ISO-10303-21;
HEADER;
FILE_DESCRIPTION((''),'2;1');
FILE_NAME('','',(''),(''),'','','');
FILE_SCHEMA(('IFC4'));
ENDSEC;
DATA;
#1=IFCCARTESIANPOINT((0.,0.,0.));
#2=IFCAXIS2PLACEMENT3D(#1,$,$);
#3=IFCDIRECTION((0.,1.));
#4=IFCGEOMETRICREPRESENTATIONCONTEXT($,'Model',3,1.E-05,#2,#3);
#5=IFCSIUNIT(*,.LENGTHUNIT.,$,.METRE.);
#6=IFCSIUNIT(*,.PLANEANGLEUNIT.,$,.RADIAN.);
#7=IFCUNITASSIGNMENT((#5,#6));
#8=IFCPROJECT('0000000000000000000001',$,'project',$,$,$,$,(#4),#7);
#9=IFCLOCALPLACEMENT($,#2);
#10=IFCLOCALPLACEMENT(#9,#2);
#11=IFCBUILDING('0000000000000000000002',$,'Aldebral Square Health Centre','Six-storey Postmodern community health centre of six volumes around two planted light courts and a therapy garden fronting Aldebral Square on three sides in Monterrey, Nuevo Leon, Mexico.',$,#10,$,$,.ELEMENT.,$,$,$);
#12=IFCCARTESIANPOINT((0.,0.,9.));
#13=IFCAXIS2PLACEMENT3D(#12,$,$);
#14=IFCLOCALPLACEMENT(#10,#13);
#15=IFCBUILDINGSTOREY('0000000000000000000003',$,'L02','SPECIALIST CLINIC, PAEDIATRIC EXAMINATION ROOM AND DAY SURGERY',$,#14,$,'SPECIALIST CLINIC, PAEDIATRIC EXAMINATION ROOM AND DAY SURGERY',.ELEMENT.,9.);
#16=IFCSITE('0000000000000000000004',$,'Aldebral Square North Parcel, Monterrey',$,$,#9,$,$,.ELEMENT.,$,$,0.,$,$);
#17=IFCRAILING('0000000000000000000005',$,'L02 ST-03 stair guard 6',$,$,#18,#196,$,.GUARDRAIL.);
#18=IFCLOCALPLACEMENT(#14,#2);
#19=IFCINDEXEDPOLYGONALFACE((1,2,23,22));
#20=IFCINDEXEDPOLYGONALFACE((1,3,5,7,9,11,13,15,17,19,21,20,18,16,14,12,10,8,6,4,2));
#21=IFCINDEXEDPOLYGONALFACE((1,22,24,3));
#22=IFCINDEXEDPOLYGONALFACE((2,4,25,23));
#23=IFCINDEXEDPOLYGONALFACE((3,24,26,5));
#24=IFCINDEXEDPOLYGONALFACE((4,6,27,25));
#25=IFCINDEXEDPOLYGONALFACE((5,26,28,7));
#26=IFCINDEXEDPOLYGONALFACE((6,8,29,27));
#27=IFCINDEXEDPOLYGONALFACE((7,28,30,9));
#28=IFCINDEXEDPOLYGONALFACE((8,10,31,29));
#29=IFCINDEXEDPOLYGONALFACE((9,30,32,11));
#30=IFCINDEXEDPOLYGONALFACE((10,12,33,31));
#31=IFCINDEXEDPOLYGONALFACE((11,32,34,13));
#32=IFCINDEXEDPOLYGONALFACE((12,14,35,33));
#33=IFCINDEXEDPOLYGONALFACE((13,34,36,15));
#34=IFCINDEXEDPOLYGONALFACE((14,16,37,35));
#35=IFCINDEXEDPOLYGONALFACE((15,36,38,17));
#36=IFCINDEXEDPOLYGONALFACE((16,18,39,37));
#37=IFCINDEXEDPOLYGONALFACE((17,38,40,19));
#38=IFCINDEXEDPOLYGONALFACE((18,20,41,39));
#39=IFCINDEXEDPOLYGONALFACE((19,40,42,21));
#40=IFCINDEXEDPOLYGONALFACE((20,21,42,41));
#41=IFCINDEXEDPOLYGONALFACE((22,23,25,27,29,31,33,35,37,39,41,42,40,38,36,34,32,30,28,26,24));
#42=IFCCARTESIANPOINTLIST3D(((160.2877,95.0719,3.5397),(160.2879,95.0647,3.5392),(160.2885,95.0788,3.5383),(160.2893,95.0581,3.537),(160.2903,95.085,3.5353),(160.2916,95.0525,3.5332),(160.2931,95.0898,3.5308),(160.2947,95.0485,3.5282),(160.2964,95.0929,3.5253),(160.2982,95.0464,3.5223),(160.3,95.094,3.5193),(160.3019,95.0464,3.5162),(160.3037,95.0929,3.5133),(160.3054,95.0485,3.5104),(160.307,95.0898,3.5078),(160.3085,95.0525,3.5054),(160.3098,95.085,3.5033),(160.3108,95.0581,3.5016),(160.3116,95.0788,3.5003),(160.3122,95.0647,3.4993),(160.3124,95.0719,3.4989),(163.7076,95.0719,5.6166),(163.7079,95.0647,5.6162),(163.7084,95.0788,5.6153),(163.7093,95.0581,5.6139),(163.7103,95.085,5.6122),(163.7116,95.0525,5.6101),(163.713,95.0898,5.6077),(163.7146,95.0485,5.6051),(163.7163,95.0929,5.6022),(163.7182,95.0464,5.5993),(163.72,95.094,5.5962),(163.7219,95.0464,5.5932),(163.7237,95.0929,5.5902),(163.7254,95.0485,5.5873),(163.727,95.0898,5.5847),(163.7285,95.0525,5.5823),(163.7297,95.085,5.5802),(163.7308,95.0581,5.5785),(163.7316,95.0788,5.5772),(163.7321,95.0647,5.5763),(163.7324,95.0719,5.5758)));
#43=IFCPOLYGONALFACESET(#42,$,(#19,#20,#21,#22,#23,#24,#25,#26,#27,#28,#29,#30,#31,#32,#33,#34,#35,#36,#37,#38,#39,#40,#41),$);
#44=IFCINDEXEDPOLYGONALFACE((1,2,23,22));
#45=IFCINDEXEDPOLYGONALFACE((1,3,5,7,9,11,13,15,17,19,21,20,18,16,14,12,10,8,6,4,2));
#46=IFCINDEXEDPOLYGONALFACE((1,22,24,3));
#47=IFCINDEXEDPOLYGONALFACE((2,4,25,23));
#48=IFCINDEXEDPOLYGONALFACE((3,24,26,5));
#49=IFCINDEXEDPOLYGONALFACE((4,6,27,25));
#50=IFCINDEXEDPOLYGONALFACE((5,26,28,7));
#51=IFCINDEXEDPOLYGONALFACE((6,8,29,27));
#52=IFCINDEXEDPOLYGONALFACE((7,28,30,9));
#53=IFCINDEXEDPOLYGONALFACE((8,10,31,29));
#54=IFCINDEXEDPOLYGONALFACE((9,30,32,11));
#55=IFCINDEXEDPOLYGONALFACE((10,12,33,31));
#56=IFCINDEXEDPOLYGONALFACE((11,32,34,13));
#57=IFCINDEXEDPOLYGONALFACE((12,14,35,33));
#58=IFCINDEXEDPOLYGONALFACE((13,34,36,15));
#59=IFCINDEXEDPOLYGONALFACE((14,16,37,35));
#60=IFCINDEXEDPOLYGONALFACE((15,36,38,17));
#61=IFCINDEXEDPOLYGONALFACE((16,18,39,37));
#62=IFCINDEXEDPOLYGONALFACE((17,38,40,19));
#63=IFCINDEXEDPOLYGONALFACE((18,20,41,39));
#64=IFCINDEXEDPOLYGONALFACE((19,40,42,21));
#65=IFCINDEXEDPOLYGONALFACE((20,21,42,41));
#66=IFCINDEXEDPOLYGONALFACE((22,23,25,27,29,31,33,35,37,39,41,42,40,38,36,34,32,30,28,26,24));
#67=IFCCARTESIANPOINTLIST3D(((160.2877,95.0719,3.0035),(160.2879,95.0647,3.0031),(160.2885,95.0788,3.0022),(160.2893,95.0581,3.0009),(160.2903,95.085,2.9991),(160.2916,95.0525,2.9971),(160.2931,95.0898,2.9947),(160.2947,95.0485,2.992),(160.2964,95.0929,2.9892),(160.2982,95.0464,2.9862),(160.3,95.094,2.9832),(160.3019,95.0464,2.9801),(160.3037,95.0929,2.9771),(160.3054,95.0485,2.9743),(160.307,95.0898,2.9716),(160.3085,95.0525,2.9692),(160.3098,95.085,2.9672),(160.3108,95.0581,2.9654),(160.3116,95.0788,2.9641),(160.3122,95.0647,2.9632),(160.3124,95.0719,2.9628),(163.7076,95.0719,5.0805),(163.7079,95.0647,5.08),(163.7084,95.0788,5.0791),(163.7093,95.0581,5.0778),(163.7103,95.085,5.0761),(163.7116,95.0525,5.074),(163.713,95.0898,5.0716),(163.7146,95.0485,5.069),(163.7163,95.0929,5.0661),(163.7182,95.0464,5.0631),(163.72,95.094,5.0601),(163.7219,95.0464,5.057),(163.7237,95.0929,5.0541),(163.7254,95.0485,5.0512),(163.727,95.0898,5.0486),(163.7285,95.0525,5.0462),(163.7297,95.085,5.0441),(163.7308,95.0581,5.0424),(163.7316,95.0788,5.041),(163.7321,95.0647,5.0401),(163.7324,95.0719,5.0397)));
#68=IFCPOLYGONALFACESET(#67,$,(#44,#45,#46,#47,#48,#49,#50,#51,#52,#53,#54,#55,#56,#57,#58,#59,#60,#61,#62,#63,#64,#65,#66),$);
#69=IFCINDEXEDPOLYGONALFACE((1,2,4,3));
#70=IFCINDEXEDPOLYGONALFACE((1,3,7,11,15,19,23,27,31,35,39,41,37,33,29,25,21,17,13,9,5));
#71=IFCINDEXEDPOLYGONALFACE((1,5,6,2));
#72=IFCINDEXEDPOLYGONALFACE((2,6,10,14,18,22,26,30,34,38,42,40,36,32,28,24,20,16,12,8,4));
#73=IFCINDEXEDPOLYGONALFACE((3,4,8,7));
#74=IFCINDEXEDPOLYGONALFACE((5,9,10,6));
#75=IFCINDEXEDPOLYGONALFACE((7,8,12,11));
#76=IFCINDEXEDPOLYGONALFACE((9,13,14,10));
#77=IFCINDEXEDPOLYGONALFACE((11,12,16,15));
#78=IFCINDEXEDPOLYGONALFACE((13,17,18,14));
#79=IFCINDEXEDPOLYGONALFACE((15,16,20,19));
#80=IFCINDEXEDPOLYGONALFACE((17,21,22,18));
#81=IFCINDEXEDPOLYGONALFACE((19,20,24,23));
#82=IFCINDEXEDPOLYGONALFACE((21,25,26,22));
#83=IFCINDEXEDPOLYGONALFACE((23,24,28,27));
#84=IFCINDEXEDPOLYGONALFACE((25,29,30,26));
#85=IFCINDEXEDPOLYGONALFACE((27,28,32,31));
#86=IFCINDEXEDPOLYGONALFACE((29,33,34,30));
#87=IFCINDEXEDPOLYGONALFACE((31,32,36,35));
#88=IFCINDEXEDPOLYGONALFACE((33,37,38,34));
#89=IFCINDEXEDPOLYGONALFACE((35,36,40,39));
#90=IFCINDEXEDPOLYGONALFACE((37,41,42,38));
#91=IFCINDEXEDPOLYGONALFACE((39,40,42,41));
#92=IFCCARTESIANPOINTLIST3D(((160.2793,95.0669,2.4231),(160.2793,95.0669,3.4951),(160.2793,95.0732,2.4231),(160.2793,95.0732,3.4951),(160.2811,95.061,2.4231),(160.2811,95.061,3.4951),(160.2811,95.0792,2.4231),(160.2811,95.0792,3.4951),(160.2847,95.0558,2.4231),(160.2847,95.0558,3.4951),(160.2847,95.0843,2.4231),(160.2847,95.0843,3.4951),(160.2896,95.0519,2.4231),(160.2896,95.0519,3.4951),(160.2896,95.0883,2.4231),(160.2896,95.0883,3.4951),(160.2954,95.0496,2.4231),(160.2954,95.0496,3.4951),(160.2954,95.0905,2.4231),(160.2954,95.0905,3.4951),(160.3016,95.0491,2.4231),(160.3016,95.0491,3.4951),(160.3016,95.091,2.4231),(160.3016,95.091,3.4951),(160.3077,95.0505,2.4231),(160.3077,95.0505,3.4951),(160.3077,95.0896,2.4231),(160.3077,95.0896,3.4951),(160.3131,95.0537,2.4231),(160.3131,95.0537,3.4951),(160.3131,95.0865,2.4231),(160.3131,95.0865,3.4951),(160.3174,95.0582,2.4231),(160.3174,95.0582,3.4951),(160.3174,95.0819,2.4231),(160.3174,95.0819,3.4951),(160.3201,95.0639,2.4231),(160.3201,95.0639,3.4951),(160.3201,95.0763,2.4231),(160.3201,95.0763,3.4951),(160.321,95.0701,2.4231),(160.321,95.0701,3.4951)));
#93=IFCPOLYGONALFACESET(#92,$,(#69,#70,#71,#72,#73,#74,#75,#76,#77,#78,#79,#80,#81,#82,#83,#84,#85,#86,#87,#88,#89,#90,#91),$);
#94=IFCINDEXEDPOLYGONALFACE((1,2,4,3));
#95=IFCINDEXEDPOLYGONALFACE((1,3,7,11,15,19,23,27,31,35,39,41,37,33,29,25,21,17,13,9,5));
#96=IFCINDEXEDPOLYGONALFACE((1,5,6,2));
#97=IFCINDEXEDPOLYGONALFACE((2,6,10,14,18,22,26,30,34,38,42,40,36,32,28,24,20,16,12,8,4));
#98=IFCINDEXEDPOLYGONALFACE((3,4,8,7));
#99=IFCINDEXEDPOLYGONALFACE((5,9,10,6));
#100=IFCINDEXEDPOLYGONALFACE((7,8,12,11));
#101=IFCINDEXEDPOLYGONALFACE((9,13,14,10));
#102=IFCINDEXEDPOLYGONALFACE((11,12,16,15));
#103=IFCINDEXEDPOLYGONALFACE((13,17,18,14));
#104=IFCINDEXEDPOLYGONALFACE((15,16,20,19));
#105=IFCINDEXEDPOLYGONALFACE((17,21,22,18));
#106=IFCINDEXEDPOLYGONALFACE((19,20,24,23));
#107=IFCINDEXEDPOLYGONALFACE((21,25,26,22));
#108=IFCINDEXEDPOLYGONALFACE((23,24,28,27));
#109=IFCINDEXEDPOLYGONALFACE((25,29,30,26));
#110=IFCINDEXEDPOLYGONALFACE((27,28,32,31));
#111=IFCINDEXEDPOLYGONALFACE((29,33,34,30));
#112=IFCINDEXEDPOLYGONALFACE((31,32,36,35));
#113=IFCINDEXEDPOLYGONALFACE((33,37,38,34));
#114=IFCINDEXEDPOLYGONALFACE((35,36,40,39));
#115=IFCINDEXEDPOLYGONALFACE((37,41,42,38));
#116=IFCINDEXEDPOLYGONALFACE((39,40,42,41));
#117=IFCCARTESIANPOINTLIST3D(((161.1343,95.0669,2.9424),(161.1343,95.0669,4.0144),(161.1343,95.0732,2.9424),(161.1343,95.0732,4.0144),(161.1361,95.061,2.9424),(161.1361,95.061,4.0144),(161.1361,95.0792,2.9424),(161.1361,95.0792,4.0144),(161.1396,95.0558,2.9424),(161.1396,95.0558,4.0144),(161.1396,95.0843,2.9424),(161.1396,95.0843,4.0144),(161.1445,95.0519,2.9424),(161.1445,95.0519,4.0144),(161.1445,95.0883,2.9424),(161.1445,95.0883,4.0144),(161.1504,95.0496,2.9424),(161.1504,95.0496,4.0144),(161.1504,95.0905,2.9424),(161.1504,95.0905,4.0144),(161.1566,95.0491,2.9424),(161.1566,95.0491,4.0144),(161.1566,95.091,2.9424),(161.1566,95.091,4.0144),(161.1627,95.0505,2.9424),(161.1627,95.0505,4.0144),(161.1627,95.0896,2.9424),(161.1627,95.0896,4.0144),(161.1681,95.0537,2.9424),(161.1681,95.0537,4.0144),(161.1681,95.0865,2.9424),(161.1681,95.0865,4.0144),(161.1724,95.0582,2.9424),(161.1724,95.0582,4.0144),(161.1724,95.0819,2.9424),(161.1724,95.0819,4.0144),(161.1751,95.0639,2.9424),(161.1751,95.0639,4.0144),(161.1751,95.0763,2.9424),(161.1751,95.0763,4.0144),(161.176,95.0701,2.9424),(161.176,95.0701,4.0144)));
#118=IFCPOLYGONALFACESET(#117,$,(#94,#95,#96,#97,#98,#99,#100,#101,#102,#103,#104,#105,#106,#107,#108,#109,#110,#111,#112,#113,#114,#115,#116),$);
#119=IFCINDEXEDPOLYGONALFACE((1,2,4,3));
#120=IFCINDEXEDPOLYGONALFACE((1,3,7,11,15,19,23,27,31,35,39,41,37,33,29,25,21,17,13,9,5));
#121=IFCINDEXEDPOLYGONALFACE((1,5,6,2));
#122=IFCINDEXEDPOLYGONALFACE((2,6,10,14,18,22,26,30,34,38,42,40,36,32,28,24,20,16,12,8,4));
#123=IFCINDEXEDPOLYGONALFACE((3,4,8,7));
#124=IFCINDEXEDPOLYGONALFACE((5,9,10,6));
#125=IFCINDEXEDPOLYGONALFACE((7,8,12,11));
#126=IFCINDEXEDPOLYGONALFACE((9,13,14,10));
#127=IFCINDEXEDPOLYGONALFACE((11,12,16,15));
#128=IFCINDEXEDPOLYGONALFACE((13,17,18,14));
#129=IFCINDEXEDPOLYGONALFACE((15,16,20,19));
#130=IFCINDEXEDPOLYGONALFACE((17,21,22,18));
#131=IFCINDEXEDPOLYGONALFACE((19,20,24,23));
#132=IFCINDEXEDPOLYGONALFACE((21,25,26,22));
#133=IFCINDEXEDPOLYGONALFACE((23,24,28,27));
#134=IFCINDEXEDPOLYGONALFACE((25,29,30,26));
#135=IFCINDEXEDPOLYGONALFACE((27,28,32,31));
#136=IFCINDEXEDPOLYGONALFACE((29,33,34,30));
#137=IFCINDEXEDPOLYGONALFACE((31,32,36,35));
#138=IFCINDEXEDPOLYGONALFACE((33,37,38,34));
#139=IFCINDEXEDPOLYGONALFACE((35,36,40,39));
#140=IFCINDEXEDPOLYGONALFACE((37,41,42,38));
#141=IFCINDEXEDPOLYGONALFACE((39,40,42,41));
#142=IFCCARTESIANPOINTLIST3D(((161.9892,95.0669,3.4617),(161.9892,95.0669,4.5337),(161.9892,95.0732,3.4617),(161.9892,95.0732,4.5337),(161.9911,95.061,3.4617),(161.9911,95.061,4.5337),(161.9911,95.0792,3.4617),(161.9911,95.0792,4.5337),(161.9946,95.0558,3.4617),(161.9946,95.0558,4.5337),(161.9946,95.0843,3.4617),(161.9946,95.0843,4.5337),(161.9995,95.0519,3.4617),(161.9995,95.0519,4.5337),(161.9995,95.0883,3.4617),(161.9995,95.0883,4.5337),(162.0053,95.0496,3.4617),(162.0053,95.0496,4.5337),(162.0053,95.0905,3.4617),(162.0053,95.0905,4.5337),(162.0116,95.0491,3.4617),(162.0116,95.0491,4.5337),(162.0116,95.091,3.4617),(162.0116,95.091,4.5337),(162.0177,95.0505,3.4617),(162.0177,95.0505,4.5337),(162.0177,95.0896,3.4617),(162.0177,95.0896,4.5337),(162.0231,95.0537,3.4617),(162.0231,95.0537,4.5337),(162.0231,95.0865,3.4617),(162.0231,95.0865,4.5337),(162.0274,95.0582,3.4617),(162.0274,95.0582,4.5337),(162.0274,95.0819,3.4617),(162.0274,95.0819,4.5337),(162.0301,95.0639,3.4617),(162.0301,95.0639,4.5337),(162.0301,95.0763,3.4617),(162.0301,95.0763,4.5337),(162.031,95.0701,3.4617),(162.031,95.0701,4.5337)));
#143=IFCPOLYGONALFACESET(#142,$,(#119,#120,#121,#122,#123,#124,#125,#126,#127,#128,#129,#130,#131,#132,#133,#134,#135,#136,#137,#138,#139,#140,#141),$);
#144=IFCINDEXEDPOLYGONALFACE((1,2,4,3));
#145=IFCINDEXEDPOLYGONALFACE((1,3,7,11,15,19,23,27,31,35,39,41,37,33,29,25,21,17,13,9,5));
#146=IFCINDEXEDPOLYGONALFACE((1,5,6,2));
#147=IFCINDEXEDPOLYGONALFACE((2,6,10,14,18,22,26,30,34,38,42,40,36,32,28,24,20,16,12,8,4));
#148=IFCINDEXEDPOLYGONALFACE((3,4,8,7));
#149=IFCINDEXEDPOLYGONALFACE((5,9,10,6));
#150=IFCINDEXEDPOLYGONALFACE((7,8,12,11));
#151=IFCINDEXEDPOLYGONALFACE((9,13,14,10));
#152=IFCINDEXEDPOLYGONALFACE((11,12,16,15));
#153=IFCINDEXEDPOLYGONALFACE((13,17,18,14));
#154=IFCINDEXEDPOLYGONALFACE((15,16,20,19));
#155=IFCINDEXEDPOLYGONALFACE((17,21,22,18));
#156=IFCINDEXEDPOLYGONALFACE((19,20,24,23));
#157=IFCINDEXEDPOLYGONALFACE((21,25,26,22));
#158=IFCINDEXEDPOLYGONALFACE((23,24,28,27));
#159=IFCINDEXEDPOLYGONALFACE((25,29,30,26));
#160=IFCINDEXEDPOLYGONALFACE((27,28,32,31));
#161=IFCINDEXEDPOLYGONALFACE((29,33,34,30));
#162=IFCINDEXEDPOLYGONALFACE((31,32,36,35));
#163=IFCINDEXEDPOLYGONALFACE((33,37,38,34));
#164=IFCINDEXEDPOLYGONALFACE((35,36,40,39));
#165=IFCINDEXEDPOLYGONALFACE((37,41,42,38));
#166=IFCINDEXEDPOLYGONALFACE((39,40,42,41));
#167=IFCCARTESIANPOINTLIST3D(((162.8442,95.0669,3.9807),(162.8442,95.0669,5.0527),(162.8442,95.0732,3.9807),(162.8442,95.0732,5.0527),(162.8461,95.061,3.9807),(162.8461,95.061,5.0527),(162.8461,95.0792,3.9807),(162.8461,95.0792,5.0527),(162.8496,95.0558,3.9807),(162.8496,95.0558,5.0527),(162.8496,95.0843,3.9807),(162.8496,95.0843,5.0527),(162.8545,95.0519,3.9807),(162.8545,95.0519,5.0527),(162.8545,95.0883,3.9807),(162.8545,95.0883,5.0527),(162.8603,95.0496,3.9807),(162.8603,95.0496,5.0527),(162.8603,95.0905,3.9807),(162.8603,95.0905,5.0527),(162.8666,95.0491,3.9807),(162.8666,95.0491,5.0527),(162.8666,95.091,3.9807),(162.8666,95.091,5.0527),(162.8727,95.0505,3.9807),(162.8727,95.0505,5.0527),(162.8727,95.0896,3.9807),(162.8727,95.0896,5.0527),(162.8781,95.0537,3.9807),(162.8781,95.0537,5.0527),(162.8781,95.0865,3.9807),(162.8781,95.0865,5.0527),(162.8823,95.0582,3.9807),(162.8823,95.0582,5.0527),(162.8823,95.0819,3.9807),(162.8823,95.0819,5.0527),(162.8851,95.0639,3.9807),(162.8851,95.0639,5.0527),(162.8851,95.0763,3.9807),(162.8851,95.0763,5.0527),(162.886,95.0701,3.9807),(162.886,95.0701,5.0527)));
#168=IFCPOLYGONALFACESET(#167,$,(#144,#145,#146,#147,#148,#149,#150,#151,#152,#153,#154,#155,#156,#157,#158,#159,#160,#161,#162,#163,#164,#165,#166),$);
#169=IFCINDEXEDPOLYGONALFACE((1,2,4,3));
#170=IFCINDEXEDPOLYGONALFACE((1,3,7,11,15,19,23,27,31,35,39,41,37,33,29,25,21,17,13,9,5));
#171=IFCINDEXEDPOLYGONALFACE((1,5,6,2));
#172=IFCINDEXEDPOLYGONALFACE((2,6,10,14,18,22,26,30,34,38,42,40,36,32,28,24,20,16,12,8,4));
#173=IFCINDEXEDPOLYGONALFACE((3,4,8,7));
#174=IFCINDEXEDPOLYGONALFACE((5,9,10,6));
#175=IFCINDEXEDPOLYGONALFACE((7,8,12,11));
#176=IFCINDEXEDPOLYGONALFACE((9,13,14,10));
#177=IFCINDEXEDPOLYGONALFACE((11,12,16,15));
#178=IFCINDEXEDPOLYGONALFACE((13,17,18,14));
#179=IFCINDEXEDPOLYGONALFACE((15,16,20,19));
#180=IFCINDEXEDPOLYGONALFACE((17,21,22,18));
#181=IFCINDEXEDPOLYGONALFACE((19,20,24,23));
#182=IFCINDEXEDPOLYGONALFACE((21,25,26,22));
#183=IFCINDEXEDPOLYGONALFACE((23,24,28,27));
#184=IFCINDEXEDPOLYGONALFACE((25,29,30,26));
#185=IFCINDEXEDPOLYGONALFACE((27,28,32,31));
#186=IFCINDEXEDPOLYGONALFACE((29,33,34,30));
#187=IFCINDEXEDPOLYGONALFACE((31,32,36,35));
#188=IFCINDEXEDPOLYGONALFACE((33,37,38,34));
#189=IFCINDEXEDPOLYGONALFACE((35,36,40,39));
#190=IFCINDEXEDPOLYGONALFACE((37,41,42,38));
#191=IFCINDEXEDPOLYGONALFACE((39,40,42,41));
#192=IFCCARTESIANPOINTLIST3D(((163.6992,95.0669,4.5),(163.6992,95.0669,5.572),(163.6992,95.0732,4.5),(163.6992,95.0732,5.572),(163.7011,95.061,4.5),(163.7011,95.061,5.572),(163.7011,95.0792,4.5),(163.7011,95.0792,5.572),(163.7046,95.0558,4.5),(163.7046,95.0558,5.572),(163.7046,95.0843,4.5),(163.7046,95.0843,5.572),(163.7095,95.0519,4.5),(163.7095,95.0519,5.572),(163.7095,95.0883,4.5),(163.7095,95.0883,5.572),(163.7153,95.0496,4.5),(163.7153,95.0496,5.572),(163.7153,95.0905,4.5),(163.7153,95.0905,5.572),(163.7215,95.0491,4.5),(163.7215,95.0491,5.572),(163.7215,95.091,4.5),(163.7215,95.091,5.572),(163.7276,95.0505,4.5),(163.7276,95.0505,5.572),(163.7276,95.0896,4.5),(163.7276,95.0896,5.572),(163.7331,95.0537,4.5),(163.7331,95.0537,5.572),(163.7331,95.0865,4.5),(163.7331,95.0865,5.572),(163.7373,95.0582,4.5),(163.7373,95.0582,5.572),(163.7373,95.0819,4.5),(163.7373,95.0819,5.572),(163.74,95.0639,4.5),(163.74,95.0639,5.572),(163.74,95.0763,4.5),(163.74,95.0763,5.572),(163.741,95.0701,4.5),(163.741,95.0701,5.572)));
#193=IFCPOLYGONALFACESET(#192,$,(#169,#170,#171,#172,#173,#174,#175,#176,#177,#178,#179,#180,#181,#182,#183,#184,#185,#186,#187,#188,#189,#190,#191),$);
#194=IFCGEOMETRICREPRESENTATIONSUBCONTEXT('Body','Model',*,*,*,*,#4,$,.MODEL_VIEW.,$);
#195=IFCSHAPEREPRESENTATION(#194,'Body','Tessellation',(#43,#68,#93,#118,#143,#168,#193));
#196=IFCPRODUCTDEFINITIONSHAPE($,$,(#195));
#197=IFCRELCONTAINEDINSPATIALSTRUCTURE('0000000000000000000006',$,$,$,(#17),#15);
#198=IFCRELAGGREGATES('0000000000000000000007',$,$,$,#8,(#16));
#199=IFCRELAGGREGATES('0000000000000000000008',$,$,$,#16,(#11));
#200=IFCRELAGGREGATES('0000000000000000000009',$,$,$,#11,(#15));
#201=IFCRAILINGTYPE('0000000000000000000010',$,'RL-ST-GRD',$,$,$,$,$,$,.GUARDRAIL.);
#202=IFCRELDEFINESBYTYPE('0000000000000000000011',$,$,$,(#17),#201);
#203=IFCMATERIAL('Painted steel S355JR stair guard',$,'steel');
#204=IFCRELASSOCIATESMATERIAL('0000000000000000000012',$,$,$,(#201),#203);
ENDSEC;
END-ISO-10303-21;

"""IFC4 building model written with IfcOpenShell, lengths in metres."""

from ifc_helpers import new_model, si_unit, direction, frame, origin, origin_2d, place, context, subcontext, project, spatial, circle, extrude, material, type_object, element, save


model = new_model("IFC4")

# Units and contexts
model_context = context("Model", 3, precision=1e-05, world=origin(), true_north=direction((0.0, 1.0)))
body_context = subcontext(model_context, "Body", "Model", "MODEL_VIEW")
ifc_project = project(units=[si_unit("LENGTHUNIT", "METRE"), si_unit("PLANEANGLEUNIT", "RADIAN")], contexts=[model_context])

# Site, building, storey
site_placement = place(None, origin())
site = spatial("IfcSite", under=ifc_project, at=site_placement, Name="Aldebral Square North Parcel, Monterrey", CompositionType="ELEMENT", RefElevation=0.0)
building_placement = place(site_placement, origin())
building = spatial("IfcBuilding", under=site, at=building_placement, Name="Aldebral Square Health Centre", Description="Six-storey Postmodern community health centre of six volumes around two planted light courts and a therapy garden fronting Aldebral Square on three sides in Monterrey, Nuevo Leon, Mexico.", CompositionType="ELEMENT")
storey_placement = place(building_placement, frame((0.0, 0.0, 9.0)))
storey = spatial("IfcBuildingStorey", under=building, at=storey_placement, Name="L02", Description="SPECIALIST CLINIC, PAEDIATRIC EXAMINATION ROOM AND DAY SURGERY", LongName="SPECIALIST CLINIC, PAEDIATRIC EXAMINATION ROOM AND DAY SURGERY", CompositionType="ELEMENT", Elevation=9.0)

# Railing
ifc_material_1 = material(Name="Painted steel S355JR stair guard", Category="steel")
railing_type_1 = type_object("IfcRailingType", Name="RL-ST-GRD", PredefinedType="GUARDRAIL", material=ifc_material_1)
railing_1_placement = place(storey_placement, frame((160.3, 95.0701, 2.4231)))
element("IfcRailing", 1, at=railing_1_placement, inside=storey, type_object=railing_type_1, Name="L02 ST-03 stair guard 6", PredefinedType="GUARDRAIL", context=body_context, shape_type="SweptSolid", body=[
    extrude(circle(Radius=0.0239, at=origin_2d()), frame((0.0, 0.0, 1.0962), z_axis=(0.85473, 0.0, 0.519074), x_axis=(0.0, 1.0, 0.0)), (0.0, 0.0, 1.0), 4.0012),
    extrude(circle(Radius=0.0239, at=origin_2d()), frame((0.0, 0.0, 0.5601), z_axis=(0.85473, 0.0, 0.519074), x_axis=(0.0, 1.0, 0.0)), (0.0, 0.0, 1.0), 4.0012),
    extrude(circle(Radius=0.021, at=origin_2d()), origin(), (0.0, 0.0, 1.0), 1.072),
    extrude(circle(Radius=0.021, at=origin_2d()), frame((0.855, 0.0, 0.5193)), (0.0, 0.0, 1.0), 1.072),
    extrude(circle(Radius=0.021, at=origin_2d()), frame((1.71, 0.0, 1.0386)), (0.0, 0.0, 1.0), 1.072),
    extrude(circle(Radius=0.021, at=origin_2d()), frame((2.5649, 0.0, 1.5576)), (0.0, 0.0, 1.0), 1.072),
    extrude(circle(Radius=0.021, at=origin_2d()), frame((3.4199, 0.0, 2.0769)), (0.0, 0.0, 1.0), 1.072),
])

save(model, "model.ifc")
